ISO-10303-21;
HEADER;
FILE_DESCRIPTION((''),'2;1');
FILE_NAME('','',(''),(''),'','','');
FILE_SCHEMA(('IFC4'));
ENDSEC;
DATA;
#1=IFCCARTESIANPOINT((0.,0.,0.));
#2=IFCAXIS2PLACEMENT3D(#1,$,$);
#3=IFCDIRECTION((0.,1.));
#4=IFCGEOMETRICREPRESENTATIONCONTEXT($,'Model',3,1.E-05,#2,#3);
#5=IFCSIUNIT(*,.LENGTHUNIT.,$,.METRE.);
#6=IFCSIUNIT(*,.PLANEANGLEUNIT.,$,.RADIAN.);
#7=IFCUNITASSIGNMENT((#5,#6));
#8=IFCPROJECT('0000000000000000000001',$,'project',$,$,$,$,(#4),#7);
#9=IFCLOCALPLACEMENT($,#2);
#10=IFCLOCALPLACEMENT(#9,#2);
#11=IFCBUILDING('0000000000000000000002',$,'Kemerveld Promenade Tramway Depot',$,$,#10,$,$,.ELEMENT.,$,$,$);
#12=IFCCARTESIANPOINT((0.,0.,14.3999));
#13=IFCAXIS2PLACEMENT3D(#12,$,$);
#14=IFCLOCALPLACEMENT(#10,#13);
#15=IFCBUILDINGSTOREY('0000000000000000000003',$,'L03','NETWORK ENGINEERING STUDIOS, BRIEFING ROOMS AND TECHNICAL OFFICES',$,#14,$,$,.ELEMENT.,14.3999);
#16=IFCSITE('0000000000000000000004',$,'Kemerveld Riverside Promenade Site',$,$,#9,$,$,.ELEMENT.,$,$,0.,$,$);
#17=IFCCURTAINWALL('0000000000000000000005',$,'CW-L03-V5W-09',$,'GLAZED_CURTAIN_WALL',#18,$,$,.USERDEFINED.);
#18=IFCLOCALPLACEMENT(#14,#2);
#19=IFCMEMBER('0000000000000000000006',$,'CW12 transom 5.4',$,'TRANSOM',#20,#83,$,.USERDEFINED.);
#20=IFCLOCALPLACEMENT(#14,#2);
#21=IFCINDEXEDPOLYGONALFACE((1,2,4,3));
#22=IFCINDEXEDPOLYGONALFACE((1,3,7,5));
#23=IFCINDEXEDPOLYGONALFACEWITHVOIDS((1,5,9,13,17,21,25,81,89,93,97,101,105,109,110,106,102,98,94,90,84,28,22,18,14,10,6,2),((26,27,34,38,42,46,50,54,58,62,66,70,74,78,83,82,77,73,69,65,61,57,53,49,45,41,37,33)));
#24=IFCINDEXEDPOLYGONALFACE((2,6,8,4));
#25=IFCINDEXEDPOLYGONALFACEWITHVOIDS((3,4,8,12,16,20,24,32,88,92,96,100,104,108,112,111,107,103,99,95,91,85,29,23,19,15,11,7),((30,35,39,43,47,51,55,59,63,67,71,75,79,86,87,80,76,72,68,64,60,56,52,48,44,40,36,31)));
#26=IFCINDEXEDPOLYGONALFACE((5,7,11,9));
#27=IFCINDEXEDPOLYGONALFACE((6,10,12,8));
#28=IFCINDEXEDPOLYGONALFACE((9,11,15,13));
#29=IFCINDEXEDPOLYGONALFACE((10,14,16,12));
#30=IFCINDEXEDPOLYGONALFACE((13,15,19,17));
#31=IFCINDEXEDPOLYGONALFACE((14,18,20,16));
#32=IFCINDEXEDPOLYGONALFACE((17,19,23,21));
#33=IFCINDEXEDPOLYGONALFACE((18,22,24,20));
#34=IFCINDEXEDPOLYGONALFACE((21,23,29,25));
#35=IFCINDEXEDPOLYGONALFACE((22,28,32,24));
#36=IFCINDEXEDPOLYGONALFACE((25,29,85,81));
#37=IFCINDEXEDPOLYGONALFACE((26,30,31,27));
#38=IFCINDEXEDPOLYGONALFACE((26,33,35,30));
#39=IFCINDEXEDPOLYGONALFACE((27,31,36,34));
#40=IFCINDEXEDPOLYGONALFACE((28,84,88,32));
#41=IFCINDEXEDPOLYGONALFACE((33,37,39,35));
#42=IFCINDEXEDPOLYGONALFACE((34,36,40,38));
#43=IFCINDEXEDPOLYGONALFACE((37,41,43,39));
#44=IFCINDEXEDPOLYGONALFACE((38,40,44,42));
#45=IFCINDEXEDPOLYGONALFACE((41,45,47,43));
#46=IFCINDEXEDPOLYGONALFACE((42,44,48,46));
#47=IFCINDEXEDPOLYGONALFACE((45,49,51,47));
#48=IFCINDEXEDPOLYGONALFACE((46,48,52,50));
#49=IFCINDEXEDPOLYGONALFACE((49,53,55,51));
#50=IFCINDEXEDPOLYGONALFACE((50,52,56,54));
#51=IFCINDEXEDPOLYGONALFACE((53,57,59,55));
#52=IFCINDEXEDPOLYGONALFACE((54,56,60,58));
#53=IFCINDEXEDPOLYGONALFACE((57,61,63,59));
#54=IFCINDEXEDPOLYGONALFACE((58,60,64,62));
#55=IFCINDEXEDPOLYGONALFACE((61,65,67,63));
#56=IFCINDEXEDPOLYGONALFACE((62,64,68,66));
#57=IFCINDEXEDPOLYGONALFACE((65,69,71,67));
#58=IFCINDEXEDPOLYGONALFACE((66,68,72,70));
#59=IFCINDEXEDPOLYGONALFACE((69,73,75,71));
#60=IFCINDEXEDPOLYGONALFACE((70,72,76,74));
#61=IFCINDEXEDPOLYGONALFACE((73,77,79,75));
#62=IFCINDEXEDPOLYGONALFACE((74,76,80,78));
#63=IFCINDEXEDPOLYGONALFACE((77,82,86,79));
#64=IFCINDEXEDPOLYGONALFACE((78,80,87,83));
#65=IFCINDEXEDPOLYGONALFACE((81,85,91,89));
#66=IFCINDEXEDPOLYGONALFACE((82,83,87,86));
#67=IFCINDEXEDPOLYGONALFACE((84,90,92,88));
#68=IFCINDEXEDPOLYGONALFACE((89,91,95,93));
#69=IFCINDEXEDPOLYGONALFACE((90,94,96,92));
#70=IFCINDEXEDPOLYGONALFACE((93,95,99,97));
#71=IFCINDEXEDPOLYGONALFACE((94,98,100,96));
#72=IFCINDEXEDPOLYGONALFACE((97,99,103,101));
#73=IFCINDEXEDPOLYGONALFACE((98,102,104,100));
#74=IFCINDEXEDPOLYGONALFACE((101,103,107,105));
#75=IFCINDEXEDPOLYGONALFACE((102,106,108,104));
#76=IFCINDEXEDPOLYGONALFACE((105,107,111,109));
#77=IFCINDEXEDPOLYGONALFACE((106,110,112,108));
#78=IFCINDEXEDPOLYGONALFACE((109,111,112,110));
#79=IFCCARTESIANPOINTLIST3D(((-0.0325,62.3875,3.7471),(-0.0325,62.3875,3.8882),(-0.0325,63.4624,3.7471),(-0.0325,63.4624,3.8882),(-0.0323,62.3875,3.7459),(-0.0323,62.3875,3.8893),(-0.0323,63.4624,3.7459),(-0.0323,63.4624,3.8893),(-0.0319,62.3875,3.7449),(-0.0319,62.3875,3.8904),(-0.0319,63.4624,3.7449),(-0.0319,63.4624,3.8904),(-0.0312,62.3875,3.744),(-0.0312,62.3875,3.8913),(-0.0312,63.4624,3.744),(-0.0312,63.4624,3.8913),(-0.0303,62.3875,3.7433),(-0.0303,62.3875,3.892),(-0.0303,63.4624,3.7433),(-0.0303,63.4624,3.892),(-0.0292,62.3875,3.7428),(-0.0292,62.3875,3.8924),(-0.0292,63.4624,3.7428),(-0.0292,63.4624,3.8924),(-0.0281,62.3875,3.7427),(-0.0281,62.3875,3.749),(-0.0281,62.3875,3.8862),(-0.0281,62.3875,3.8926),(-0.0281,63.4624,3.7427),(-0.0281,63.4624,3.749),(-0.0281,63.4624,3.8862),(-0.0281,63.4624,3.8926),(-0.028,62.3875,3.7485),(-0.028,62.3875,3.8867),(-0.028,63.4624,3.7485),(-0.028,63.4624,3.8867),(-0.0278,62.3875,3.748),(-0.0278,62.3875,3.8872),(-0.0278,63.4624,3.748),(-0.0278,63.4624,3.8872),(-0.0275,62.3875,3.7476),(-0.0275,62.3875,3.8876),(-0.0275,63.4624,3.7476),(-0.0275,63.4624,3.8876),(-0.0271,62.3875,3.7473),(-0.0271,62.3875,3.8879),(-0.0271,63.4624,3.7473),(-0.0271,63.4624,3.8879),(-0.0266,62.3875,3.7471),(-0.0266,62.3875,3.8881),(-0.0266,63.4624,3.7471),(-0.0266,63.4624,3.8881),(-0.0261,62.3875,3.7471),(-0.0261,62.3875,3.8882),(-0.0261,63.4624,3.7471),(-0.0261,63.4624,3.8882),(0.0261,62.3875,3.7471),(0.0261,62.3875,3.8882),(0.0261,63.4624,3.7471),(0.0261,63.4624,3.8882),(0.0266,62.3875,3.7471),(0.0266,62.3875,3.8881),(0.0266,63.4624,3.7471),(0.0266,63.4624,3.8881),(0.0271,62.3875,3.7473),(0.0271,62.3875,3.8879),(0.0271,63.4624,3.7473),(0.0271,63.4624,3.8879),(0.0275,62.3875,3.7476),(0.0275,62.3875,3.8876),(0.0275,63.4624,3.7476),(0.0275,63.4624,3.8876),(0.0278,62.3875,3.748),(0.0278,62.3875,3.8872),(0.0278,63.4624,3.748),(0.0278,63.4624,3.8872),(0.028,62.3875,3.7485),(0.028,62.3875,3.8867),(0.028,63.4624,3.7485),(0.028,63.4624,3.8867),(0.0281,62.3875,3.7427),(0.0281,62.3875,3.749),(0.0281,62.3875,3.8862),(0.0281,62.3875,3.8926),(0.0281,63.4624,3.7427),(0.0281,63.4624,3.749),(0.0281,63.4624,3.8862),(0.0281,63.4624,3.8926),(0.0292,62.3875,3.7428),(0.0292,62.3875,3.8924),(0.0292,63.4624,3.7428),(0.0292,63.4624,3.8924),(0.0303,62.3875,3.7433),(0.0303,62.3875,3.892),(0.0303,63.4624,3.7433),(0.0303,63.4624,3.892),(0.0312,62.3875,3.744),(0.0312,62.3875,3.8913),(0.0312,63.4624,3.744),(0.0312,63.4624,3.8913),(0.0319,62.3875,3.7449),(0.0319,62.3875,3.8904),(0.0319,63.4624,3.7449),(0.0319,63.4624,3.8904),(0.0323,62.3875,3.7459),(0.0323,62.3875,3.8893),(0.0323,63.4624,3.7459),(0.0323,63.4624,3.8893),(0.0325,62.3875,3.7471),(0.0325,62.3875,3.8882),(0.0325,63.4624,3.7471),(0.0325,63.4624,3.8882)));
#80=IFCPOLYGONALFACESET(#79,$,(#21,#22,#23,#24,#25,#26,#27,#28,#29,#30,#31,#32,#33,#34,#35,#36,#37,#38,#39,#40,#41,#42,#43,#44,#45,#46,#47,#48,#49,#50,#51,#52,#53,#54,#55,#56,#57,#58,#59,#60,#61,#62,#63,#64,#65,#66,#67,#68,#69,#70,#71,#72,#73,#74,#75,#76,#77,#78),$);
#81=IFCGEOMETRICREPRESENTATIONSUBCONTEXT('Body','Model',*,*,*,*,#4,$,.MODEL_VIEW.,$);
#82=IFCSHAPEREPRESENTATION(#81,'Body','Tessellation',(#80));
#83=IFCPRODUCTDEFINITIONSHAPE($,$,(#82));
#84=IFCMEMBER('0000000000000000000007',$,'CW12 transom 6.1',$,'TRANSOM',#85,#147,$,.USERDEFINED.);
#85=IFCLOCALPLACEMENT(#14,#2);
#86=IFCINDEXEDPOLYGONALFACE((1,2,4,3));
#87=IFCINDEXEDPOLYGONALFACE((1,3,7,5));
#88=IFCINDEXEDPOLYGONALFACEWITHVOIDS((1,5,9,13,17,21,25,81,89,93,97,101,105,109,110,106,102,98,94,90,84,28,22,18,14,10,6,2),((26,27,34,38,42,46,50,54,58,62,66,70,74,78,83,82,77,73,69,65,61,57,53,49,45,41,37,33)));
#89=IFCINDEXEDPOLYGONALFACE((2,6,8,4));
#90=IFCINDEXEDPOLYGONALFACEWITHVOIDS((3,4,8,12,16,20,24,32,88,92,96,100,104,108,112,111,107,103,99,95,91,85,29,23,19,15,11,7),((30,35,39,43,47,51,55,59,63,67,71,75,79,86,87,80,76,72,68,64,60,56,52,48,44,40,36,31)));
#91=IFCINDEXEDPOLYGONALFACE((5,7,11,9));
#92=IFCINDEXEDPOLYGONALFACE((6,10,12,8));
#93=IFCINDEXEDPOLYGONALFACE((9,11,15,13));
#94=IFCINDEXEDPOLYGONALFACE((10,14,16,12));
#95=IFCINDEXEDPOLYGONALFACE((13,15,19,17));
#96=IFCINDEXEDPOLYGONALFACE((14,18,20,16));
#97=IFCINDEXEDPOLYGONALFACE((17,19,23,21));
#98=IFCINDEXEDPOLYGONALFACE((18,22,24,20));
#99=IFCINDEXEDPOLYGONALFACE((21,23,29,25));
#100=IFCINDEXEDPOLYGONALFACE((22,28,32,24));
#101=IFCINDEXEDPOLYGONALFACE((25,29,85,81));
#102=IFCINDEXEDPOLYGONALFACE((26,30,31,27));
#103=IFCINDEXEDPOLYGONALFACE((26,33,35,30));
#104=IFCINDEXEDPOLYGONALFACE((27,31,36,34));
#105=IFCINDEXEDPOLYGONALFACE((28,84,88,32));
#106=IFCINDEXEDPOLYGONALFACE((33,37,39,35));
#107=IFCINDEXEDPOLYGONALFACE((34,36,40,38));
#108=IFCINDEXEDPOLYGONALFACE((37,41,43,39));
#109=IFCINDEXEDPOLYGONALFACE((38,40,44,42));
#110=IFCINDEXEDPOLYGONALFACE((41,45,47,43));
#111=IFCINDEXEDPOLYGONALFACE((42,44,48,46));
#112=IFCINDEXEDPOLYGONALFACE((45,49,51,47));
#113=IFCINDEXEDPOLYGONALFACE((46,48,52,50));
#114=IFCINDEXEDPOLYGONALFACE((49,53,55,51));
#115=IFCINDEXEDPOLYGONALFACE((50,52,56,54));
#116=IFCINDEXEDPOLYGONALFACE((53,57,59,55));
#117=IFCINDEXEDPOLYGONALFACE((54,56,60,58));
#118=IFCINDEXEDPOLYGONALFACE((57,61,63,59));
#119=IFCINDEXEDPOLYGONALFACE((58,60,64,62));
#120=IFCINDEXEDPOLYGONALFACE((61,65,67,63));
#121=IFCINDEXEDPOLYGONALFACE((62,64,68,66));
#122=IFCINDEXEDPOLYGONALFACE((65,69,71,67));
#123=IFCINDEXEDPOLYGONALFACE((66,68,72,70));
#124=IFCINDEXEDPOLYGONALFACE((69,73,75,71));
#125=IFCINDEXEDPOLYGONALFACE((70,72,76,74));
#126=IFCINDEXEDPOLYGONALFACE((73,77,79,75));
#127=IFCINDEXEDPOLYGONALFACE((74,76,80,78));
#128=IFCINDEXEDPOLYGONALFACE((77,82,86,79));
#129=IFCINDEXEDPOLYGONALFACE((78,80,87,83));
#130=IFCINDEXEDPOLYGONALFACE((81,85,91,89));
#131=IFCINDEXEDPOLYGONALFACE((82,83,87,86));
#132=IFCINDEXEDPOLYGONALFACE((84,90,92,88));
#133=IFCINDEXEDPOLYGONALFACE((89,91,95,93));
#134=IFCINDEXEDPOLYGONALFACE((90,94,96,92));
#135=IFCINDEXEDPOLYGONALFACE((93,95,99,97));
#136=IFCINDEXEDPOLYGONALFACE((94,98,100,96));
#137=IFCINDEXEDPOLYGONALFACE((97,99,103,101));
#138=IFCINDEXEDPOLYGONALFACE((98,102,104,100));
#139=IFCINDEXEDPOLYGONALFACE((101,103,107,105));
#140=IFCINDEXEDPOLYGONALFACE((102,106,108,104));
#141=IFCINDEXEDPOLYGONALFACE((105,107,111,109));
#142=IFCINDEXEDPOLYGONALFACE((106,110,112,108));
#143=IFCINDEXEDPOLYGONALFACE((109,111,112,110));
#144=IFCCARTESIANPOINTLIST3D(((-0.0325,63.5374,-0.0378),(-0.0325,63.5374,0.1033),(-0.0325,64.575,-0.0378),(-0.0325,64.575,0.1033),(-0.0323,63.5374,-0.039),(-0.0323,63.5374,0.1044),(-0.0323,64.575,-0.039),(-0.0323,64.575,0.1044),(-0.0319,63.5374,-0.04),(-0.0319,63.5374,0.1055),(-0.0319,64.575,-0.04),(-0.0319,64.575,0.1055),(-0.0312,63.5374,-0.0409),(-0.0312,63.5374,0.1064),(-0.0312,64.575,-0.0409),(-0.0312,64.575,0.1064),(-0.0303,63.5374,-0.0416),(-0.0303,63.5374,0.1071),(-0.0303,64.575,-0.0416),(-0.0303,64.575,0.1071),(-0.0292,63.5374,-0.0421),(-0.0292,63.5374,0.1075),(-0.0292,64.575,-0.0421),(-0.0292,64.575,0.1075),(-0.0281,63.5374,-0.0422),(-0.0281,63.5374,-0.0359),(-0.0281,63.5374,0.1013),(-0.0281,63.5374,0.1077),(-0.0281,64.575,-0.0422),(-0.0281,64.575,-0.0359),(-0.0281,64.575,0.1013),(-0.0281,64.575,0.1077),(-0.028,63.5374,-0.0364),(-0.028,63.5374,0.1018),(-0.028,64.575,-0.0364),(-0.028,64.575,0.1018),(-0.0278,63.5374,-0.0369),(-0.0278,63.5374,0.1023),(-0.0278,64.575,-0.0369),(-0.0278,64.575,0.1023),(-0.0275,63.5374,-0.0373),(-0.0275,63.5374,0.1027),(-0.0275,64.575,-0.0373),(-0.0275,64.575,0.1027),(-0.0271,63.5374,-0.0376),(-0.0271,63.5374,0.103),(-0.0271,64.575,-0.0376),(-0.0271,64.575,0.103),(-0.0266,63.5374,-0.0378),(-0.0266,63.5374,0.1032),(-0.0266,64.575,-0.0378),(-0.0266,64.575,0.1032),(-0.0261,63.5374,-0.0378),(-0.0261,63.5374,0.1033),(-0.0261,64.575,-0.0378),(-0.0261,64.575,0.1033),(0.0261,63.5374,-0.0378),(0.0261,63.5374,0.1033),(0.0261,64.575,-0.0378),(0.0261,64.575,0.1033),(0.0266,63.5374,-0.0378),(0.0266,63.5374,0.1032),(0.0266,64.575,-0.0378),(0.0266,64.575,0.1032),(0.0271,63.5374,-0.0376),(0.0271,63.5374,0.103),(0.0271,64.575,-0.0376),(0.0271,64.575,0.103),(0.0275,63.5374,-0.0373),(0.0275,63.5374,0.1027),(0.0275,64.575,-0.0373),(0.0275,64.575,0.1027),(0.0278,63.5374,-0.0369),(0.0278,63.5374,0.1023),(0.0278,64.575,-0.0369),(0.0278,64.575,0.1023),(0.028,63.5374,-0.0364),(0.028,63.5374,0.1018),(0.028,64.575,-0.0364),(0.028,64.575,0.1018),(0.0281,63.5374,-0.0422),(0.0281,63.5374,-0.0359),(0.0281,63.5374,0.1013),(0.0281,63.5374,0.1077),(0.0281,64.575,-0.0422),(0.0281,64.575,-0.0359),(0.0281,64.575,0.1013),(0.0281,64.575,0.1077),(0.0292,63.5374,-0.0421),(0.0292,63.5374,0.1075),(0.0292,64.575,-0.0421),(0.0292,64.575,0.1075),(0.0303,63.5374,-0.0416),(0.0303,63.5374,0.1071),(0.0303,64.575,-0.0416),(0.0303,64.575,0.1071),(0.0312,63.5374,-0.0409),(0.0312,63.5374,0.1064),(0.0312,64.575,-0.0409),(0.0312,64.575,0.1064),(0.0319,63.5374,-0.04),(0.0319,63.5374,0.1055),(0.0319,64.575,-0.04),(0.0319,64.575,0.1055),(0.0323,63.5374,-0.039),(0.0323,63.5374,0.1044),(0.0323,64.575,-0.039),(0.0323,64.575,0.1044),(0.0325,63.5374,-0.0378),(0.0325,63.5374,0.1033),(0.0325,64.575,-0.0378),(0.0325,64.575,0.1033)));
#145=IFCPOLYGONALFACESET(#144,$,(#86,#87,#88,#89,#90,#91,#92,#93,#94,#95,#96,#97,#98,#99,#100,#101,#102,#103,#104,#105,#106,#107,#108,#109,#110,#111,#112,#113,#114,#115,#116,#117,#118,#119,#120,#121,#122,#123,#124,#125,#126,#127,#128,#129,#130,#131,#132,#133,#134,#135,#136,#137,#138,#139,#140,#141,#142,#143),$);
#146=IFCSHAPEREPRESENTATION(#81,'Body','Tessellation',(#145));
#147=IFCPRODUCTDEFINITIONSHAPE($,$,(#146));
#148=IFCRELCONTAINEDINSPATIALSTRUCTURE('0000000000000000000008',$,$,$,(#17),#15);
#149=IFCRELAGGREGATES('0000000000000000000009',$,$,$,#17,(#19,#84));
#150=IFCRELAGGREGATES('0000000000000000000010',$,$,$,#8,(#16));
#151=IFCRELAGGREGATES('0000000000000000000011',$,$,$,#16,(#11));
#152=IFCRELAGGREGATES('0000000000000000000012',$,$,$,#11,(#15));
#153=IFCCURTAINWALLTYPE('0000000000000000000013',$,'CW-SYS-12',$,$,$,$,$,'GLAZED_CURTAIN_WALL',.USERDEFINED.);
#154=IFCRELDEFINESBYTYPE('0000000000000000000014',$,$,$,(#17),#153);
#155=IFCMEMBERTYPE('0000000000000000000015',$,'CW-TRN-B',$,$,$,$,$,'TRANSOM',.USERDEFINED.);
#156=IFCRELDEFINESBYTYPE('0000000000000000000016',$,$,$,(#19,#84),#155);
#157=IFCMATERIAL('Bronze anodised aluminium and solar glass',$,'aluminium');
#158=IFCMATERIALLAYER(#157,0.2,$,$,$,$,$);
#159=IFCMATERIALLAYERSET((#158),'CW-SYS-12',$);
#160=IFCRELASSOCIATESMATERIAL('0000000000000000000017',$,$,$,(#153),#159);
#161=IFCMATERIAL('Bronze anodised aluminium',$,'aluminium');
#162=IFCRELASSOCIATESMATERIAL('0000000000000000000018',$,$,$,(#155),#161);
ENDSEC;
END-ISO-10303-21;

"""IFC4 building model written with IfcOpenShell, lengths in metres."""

from ifc_helpers import new_model, si_unit, direction, frame, origin, origin_2d, place, context, subcontext, project, spatial, hollow_rectangle, extrude, material, layer, layer_set, material_profile, profile_set, type_object, element, aggregate, save


model = new_model("IFC4")

# Units and contexts
model_context = context("Model", 3, precision=1e-05, world=origin(), true_north=direction((0.0, 1.0)))
body_context = subcontext(model_context, "Body", "Model", "MODEL_VIEW")
ifc_project = project(units=[si_unit("LENGTHUNIT", "METRE"), si_unit("PLANEANGLEUNIT", "RADIAN")], contexts=[model_context])

# Site, building, storey
site_placement = place(None, origin())
site = spatial("IfcSite", under=ifc_project, at=site_placement, Name="Kemerveld Riverside Promenade Site", CompositionType="ELEMENT", RefElevation=0.0)
building_placement = place(site_placement, origin())
building = spatial("IfcBuilding", under=site, at=building_placement, Name="Kemerveld Promenade Tramway Depot", CompositionType="ELEMENT")
storey_placement = place(building_placement, frame((0.0, 0.0, 14.3999)))
storey = spatial("IfcBuildingStorey", under=building, at=storey_placement, Name="L03", Description="NETWORK ENGINEERING STUDIOS, BRIEFING ROOMS AND TECHNICAL OFFICES", CompositionType="ELEMENT", Elevation=14.3999)

# Curtain wall, members
ifc_material_1 = material(Name="Bronze anodised aluminium and solar glass", Category="aluminium")
ifc_layer_1 = layer(ifc_material_1, 0.2)
ifc_layer_set_1 = layer_set([ifc_layer_1], Name="CW-SYS-12")
curtain_wall_type = type_object("IfcCurtainWallType", Name="CW-SYS-12", ElementType="GLAZED_CURTAIN_WALL", PredefinedType="USERDEFINED", material=ifc_layer_set_1)
curtain_wall_placement = place(storey_placement, origin())
curtain_wall = element("IfcCurtainWall", 1, at=curtain_wall_placement, inside=storey, type_object=curtain_wall_type, Name="CW-L03-V5W-09", ObjectType="GLAZED_CURTAIN_WALL", PredefinedType="USERDEFINED")
ifc_material_2 = material(Name="Bronze anodised aluminium", Category="aluminium")
ifc_material_profile_1 = material_profile(ifc_material_2, hollow_rectangle(XDim=0.0649, YDim=0.1499, WallThickness=0.0044, InnerFilletRadius=0.002, OuterFilletRadius=0.0044, at=origin_2d()), Name="CW-TRN-150x65")
ifc_profile_set_1 = profile_set([ifc_material_profile_1], Name="Bronze anodised aluminium")
member_type_1 = type_object("IfcMemberType", Name="CW-TRN-B", ElementType="TRANSOM", PredefinedType="USERDEFINED", material=ifc_profile_set_1)
member_1_placement = place(storey_placement, frame((0.0, 62.3875, 3.8176), z_axis=(0.0, 1.0, 0.0), x_axis=(-1.0, 0.0, 0.0)))
member_1 = element("IfcMember", 2, at=member_1_placement, type_object=member_type_1, Name="CW12 transom 5.4", ObjectType="TRANSOM", PredefinedType="USERDEFINED", context=body_context, shape_type="SweptSolid", body=[
    extrude(hollow_rectangle(XDim=0.0649, YDim=0.1499, WallThickness=0.0044, InnerFilletRadius=0.002, OuterFilletRadius=0.0044, at=origin_2d()), origin(), (0.0, 0.0, 1.0), 1.075),
])
member_2_placement = place(storey_placement, frame((0.0, 63.5374, 0.0327), z_axis=(0.0, 1.0, 0.0), x_axis=(-1.0, 0.0, 0.0)))
member_2 = element("IfcMember", 3, at=member_2_placement, type_object=member_type_1, Name="CW12 transom 6.1", ObjectType="TRANSOM", PredefinedType="USERDEFINED", context=body_context, shape_type="SweptSolid", body=[
    extrude(hollow_rectangle(XDim=0.0649, YDim=0.1499, WallThickness=0.0044, InnerFilletRadius=0.002, OuterFilletRadius=0.0044, at=origin_2d()), origin(), (0.0, 0.0, 1.0), 1.0376),
])
aggregate(curtain_wall, [member_1, member_2])

save(model, "model.ifc")
